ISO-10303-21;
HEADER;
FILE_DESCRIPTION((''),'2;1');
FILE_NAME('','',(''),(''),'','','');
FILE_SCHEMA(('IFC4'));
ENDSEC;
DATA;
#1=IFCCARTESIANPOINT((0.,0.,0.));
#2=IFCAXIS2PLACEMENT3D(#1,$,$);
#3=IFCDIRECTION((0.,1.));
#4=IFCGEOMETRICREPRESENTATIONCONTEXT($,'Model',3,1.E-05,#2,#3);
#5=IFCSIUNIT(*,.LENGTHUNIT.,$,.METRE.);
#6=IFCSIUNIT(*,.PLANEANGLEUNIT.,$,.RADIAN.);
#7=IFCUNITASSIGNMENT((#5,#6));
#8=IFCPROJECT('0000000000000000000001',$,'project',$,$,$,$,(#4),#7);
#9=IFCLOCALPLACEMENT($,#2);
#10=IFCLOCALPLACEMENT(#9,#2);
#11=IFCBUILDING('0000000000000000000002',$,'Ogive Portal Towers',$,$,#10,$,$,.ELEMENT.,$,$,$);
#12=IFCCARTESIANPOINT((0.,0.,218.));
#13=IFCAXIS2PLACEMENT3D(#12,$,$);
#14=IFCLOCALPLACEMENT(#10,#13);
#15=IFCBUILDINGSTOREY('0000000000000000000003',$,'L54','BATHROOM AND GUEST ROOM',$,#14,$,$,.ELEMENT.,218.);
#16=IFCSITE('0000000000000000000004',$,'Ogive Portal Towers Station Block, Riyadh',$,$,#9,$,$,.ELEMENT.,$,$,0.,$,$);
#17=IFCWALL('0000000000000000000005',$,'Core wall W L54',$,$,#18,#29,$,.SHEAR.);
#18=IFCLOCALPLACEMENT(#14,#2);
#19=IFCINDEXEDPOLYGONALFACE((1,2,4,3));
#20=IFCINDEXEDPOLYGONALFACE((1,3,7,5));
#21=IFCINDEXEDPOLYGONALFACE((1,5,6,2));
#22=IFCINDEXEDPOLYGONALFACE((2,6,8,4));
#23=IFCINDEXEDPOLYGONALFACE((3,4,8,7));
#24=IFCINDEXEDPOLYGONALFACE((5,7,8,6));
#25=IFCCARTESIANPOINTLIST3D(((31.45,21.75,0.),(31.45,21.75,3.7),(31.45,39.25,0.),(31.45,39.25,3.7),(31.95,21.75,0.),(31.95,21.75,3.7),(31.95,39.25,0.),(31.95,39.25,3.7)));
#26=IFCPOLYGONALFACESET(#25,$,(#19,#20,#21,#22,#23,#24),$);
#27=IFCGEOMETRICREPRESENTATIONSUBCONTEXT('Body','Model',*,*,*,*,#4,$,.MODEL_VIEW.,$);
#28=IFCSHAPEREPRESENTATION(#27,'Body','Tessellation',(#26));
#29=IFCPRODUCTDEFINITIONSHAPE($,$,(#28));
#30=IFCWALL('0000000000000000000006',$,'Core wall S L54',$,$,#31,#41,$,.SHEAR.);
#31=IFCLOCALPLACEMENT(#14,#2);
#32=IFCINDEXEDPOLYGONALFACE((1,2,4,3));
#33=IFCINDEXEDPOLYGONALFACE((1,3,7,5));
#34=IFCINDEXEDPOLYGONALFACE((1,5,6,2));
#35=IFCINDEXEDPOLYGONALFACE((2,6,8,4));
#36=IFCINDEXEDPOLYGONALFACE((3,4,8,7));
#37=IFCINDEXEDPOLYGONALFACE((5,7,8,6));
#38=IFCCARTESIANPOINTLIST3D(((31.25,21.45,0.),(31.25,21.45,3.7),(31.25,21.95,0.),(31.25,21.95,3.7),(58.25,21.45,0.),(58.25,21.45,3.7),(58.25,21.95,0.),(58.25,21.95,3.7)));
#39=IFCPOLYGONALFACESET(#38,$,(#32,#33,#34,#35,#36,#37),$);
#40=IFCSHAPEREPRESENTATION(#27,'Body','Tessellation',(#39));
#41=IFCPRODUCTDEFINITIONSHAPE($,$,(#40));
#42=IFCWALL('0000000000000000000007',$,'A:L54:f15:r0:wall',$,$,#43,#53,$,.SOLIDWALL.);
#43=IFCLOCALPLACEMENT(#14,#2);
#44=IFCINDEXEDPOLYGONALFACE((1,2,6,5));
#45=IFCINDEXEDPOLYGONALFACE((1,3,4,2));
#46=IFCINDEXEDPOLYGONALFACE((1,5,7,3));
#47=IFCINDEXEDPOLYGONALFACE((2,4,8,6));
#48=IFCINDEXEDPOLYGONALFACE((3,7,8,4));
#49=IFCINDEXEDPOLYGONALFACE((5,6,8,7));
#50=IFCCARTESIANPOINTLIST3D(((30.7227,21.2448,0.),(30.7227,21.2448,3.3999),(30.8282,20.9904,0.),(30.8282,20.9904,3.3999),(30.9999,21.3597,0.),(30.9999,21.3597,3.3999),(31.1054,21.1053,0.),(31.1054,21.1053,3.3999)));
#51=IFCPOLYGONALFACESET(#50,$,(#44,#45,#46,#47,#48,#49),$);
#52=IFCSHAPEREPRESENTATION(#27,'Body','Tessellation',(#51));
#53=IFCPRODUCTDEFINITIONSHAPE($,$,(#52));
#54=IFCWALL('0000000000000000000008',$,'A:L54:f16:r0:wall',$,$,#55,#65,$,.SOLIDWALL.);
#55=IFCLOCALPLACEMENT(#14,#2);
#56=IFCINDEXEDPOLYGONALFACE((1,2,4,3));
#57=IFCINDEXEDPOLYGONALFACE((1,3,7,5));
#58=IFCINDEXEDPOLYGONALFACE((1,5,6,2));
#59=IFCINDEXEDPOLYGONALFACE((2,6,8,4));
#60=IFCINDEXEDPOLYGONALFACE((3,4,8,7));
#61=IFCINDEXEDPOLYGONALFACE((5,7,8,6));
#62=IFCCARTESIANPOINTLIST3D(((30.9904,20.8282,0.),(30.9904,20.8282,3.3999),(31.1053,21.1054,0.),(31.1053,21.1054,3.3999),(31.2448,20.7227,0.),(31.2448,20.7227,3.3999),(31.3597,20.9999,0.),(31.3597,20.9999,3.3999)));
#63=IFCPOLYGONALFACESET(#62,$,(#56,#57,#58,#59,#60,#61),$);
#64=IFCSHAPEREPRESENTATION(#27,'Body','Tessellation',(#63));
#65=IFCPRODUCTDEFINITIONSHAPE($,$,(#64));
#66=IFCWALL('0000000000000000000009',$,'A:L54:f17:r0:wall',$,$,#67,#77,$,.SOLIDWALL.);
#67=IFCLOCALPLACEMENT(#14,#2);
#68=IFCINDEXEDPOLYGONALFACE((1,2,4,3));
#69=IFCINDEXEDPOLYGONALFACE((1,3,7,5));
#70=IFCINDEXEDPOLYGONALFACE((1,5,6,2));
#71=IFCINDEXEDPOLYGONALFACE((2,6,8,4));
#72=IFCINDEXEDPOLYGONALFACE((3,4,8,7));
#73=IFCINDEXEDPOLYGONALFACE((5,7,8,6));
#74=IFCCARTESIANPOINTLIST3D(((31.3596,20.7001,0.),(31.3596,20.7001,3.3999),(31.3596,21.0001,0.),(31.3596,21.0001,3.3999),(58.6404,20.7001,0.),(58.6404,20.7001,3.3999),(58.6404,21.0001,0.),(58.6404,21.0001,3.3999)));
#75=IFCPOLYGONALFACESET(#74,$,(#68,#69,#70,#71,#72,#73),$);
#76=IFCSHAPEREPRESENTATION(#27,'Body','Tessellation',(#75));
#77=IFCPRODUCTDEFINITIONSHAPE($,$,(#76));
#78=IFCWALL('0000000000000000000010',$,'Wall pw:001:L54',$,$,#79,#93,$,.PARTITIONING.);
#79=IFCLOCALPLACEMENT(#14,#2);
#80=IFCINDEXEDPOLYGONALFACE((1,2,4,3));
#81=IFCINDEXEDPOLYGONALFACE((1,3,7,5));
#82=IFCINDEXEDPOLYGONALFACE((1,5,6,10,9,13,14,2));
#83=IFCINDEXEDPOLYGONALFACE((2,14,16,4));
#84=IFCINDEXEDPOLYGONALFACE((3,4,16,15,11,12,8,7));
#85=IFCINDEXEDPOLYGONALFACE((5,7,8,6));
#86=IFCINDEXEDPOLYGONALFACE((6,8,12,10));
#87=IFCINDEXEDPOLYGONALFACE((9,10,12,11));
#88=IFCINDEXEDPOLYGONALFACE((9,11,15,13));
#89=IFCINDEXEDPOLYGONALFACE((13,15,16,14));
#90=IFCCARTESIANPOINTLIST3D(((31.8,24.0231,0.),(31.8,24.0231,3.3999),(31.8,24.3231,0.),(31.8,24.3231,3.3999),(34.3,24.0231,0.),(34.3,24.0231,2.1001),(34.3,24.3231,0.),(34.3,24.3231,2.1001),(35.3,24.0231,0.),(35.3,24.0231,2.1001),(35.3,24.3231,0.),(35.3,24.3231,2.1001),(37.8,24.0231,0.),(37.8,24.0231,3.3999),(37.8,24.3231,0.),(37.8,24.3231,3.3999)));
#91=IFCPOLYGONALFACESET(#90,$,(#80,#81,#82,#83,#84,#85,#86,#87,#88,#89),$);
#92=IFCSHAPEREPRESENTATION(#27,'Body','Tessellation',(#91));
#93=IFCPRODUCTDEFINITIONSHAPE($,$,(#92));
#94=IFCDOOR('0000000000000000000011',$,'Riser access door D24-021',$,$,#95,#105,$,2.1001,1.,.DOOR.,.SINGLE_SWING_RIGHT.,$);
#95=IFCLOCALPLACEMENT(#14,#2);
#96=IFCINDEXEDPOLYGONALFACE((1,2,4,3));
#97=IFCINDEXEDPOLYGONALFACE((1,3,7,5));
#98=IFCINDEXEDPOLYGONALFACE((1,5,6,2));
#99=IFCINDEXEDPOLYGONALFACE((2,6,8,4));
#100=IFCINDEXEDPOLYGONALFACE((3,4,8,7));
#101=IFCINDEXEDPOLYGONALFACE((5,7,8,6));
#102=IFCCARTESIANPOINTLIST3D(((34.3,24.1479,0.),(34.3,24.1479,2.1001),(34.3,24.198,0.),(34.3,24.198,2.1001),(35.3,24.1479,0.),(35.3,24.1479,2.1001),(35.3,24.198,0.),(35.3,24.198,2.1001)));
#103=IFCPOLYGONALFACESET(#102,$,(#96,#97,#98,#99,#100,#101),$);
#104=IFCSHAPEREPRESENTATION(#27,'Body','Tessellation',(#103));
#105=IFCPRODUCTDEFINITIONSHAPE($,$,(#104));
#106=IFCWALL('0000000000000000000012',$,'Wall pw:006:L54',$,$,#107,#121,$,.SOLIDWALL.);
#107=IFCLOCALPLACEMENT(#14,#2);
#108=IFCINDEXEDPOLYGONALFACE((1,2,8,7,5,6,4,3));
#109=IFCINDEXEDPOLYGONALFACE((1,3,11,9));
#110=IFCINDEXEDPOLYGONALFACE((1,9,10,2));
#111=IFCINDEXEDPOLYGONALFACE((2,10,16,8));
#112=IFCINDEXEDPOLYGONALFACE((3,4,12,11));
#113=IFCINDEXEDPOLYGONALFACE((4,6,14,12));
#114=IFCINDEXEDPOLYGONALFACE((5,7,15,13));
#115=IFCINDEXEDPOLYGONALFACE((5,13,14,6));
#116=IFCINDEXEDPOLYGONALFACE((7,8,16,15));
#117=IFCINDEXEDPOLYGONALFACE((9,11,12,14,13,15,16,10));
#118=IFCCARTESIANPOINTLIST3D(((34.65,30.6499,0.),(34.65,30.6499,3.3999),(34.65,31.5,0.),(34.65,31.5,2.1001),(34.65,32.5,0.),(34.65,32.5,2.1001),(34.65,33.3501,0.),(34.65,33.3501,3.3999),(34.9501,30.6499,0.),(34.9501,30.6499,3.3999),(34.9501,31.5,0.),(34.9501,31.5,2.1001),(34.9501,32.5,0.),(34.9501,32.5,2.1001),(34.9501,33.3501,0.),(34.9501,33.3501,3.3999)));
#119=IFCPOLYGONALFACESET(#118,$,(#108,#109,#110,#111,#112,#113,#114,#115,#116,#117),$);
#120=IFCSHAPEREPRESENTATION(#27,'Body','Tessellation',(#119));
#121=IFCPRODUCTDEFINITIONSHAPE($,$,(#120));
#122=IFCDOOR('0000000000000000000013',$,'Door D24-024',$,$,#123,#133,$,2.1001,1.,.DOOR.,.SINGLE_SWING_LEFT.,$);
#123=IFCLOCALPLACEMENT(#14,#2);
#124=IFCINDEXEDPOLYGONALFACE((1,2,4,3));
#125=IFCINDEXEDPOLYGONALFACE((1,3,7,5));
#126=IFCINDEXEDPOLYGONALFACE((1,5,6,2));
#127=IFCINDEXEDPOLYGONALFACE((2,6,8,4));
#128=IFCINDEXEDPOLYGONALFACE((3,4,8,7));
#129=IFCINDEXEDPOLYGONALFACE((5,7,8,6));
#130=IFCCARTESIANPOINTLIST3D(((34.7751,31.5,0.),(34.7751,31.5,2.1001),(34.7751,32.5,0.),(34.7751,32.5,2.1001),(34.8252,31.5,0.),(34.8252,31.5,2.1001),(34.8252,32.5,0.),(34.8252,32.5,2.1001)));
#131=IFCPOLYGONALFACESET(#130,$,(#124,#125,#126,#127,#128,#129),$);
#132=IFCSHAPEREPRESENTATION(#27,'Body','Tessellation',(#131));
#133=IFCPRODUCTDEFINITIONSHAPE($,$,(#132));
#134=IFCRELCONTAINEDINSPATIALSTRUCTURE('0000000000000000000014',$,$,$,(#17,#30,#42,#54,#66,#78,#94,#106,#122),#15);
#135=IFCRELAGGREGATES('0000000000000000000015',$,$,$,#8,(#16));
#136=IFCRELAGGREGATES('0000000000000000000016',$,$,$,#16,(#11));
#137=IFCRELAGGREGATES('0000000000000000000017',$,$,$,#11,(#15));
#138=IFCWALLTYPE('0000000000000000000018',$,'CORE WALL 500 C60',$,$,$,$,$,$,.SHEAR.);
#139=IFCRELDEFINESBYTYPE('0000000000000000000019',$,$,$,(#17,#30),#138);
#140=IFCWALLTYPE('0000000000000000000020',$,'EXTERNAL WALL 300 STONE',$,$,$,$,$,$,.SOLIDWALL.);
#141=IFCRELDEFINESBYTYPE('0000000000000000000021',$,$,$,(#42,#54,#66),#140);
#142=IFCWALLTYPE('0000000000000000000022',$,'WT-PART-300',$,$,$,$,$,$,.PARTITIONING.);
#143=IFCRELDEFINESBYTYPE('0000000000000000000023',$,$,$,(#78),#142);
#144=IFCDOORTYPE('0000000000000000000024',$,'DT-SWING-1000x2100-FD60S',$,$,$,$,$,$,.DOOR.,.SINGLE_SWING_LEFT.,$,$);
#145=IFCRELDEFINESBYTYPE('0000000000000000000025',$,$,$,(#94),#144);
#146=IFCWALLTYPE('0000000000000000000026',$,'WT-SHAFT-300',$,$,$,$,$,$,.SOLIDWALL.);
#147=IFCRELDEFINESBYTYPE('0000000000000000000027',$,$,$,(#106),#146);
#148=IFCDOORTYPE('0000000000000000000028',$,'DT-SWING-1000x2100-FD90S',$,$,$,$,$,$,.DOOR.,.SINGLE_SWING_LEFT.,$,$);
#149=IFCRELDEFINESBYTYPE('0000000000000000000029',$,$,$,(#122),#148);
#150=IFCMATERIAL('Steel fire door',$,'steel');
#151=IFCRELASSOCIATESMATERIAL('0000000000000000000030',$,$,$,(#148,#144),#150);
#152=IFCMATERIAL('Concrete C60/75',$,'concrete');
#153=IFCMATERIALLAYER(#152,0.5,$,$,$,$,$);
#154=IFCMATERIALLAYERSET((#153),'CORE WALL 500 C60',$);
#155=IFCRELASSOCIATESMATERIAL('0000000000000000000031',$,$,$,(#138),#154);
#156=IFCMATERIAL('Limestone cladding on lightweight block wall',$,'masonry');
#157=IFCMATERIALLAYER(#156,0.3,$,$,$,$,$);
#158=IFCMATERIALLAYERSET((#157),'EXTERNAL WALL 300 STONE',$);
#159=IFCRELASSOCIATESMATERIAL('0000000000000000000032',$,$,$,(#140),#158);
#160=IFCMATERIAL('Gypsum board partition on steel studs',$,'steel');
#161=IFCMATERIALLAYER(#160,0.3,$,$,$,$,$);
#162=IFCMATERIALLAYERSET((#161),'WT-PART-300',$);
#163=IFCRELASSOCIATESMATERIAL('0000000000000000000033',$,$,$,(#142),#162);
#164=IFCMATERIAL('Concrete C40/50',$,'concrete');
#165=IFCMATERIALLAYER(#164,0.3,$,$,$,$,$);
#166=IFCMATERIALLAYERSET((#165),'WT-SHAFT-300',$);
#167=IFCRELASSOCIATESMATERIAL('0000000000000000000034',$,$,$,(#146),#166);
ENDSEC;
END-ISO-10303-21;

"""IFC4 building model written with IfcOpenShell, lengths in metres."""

from ifc_helpers import new_model, si_unit, direction, frame, frame_2d, origin, place, context, subcontext, project, spatial, rectangle, extrude, material, layer, layer_set, type_object, element, fill, save


model = new_model("IFC4")

# Units and contexts
model_context = context("Model", 3, precision=1e-05, world=origin(), true_north=direction((0.0, 1.0)))
body_context = subcontext(model_context, "Body", "Model", "MODEL_VIEW")
ifc_project = project(units=[si_unit("LENGTHUNIT", "METRE"), si_unit("PLANEANGLEUNIT", "RADIAN")], contexts=[model_context])

# Site, building, storey
site_placement = place(None, origin())
site = spatial("IfcSite", under=ifc_project, at=site_placement, Name="Ogive Portal Towers Station Block, Riyadh", CompositionType="ELEMENT", RefElevation=0.0)
building_placement = place(site_placement, origin())
building = spatial("IfcBuilding", under=site, at=building_placement, Name="Ogive Portal Towers", CompositionType="ELEMENT")
storey_placement = place(building_placement, frame((0.0, 0.0, 218.0)))
storey = spatial("IfcBuildingStorey", under=building, at=storey_placement, Name="L54", Description="BATHROOM AND GUEST ROOM", CompositionType="ELEMENT", Elevation=218.0)

# Shared definitions
ifc_material_1 = material(Name="Concrete C40/50", Category="concrete")

# Shared definitions
ifc_material_2 = material(Name="Concrete C60/75", Category="concrete")
ifc_material_3 = material(Name="Steel fire door", Category="steel")
door_type_1 = type_object("IfcDoorType", Name="DT-SWING-1000x2100-FD90S", OperationType="SINGLE_SWING_LEFT", PredefinedType="DOOR", material=ifc_material_3)

# Walls
ifc_layer_1 = layer(ifc_material_2, 0.5)
ifc_layer_set_1 = layer_set([ifc_layer_1], Name="CORE WALL 500 C60")
wall_type_1 = type_object("IfcWallType", Name="CORE WALL 500 C60", PredefinedType="SHEAR", material=ifc_layer_set_1)
wall_1_placement = place(storey_placement, frame((31.7, 21.75, 0.0), z_axis=(0.0, 0.0, 1.0), x_axis=(0.0, 1.0, 0.0)))
element("IfcWall", 1, at=wall_1_placement, inside=storey, type_object=wall_type_1, Name="Core wall W L54", PredefinedType="SHEAR", context=body_context, shape_type="SweptSolid", body=[
    extrude(rectangle(XDim=17.5, YDim=0.5, at=frame_2d((8.75, 0.0))), origin(), (0.0, 0.0, 1.0), 3.7),
])
wall_2_placement = place(storey_placement, frame((31.25, 21.7, 0.0), z_axis=(0.0, 0.0, 1.0), x_axis=(1.0, 0.0, 0.0)))
element("IfcWall", 2, at=wall_2_placement, inside=storey, type_object=wall_type_1, Name="Core wall S L54", PredefinedType="SHEAR", context=body_context, shape_type="SweptSolid", body=[
    extrude(rectangle(XDim=27.0, YDim=0.5, at=frame_2d((13.5, 0.0))), origin(), (0.0, 0.0, 1.0), 3.7),
])
ifc_material_4 = material(Name="Limestone cladding on lightweight block wall", Category="masonry")
ifc_layer_2 = layer(ifc_material_4, 0.3)
ifc_layer_set_2 = layer_set([ifc_layer_2], Name="EXTERNAL WALL 300 STONE")
wall_type_2 = type_object("IfcWallType", Name="EXTERNAL WALL 300 STONE", PredefinedType="SOLIDWALL", material=ifc_layer_set_2)
for number, where, z_axis, x_axis, name in (
    (3, (30.8613, 21.3022, 0.0), (0.0, 0.0, 1.0), (0.382978, -0.923757, 0.0), "A:L54:f15:r0:wall"),
    (4, (31.0479, 20.9668, 0.0), (0.0, 0.0, 1.0), (0.923757, -0.382978, 0.0), "A:L54:f16:r0:wall"),
):
    element("IfcWall", number, at=place(storey_placement, frame(where, z_axis=z_axis, x_axis=x_axis)), inside=storey, type_object=wall_type_2, Name=name, PredefinedType="SOLIDWALL", context=body_context, shape_type="SweptSolid", body=[
        extrude(rectangle(XDim=0.2754, YDim=0.3, at=frame_2d((0.1377, 0.0))), origin(), (0.0, 0.0, 1.0), 3.3999),
    ])
wall_3_placement = place(storey_placement, frame((31.3596, 20.8501, 0.0), z_axis=(0.0, 0.0, 1.0), x_axis=(1.0, 0.0, 0.0)))
element("IfcWall", 5, at=wall_3_placement, inside=storey, type_object=wall_type_2, Name="A:L54:f17:r0:wall", PredefinedType="SOLIDWALL", context=body_context, shape_type="SweptSolid", body=[
    extrude(rectangle(XDim=27.2808, YDim=0.3, at=frame_2d((13.6404, 0.0))), origin(), (0.0, 0.0, 1.0), 3.3999),
])

# Walls, openings, doors
ifc_material_5 = material(Name="Gypsum board partition on steel studs", Category="steel")
ifc_layer_3 = layer(ifc_material_5, 0.3)
ifc_layer_set_3 = layer_set([ifc_layer_3], Name="WT-PART-300")
wall_type_3 = type_object("IfcWallType", Name="WT-PART-300", PredefinedType="PARTITIONING", material=ifc_layer_set_3)
wall_4_placement = place(storey_placement, frame((31.8, 24.1731, 0.0), z_axis=(0.0, 0.0, 1.0), x_axis=(1.0, 0.0, 0.0)))
wall_4 = element("IfcWall", 6, at=wall_4_placement, inside=storey, type_object=wall_type_3, Name="Wall pw:001:L54", PredefinedType="PARTITIONING", context=body_context, shape_type="SweptSolid", body=[
    extrude(rectangle(XDim=6.0, YDim=0.3, at=frame_2d((3.0, 0.0))), origin(), (0.0, 0.0, 1.0), 3.3999),
])
opening_1_placement = place(wall_4_placement, frame((2.5, 0.0, 0.0)))
opening_1 = element("IfcOpeningElement", 7, at=opening_1_placement, cuts=wall_4, PredefinedType="OPENING", context=body_context, shape_type="SweptSolid", body=[
    extrude(rectangle(XDim=1.0, YDim=2.1001, at=frame_2d((0.5, 1.05))), frame((0.0, 0.1602, 0.0), z_axis=(0.0, -1.0, 0.0), x_axis=(1.0, 0.0, 0.0)), (0.0, 0.0, 1.0), 0.3201),
])
door_type_2 = type_object("IfcDoorType", Name="DT-SWING-1000x2100-FD60S", OperationType="SINGLE_SWING_LEFT", PredefinedType="DOOR", material=ifc_material_3)
door_1_placement = place(opening_1_placement, origin())
door_1 = element("IfcDoor", 8, at=door_1_placement, inside=storey, type_object=door_type_2, Name="Riser access door D24-021", OperationType="SINGLE_SWING_RIGHT", OverallHeight=2.1001, OverallWidth=1.0, PredefinedType="DOOR", context=body_context, shape_type="SweptSolid", body=[
    extrude(rectangle(XDim=1.0, YDim=2.1001, at=frame_2d((0.5, 1.05))), frame((0.0, 0.0249, 0.0), z_axis=(0.0, -1.0, 0.0), x_axis=(1.0, 0.0, 0.0)), (0.0, 0.0, 1.0), 0.05),
])
fill(opening_1, door_1)
ifc_layer_4 = layer(ifc_material_1, 0.3)
ifc_layer_set_4 = layer_set([ifc_layer_4], Name="WT-SHAFT-300")
wall_type_4 = type_object("IfcWallType", Name="WT-SHAFT-300", PredefinedType="SOLIDWALL", material=ifc_layer_set_4)
wall_5_placement = place(storey_placement, frame((34.8, 30.6499, 0.0), z_axis=(0.0, 0.0, 1.0), x_axis=(0.0, 1.0, 0.0)))
wall_5 = element("IfcWall", 9, at=wall_5_placement, inside=storey, type_object=wall_type_4, Name="Wall pw:006:L54", PredefinedType="SOLIDWALL", context=body_context, shape_type="SweptSolid", body=[
    extrude(rectangle(XDim=2.7002, YDim=0.3, at=frame_2d((1.3501, 0.0))), origin(), (0.0, 0.0, 1.0), 3.3999),
])
opening_2_placement = place(wall_5_placement, frame((0.8501, 0.0, 0.0)))
opening_2 = element("IfcOpeningElement", 10, at=opening_2_placement, cuts=wall_5, PredefinedType="OPENING", context=body_context, shape_type="SweptSolid", body=[
    extrude(rectangle(XDim=1.0, YDim=2.1001, at=frame_2d((0.5, 1.05))), frame((0.0, 0.1602, 0.0), z_axis=(0.0, -1.0, 0.0), x_axis=(1.0, 0.0, 0.0)), (0.0, 0.0, 1.0), 0.3201),
])
door_2_placement = place(opening_2_placement, origin())
door_2 = element("IfcDoor", 11, at=door_2_placement, inside=storey, type_object=door_type_1, Name="Door D24-024", OperationType="SINGLE_SWING_LEFT", OverallHeight=2.1001, OverallWidth=1.0, PredefinedType="DOOR", context=body_context, shape_type="SweptSolid", body=[
    extrude(rectangle(XDim=1.0, YDim=2.1001, at=frame_2d((0.5, 1.05))), frame((0.0, 0.0249, 0.0), z_axis=(0.0, -1.0, 0.0), x_axis=(1.0, 0.0, 0.0)), (0.0, 0.0, 1.0), 0.05),
])
fill(opening_2, door_2)

save(model, "model.ifc")
